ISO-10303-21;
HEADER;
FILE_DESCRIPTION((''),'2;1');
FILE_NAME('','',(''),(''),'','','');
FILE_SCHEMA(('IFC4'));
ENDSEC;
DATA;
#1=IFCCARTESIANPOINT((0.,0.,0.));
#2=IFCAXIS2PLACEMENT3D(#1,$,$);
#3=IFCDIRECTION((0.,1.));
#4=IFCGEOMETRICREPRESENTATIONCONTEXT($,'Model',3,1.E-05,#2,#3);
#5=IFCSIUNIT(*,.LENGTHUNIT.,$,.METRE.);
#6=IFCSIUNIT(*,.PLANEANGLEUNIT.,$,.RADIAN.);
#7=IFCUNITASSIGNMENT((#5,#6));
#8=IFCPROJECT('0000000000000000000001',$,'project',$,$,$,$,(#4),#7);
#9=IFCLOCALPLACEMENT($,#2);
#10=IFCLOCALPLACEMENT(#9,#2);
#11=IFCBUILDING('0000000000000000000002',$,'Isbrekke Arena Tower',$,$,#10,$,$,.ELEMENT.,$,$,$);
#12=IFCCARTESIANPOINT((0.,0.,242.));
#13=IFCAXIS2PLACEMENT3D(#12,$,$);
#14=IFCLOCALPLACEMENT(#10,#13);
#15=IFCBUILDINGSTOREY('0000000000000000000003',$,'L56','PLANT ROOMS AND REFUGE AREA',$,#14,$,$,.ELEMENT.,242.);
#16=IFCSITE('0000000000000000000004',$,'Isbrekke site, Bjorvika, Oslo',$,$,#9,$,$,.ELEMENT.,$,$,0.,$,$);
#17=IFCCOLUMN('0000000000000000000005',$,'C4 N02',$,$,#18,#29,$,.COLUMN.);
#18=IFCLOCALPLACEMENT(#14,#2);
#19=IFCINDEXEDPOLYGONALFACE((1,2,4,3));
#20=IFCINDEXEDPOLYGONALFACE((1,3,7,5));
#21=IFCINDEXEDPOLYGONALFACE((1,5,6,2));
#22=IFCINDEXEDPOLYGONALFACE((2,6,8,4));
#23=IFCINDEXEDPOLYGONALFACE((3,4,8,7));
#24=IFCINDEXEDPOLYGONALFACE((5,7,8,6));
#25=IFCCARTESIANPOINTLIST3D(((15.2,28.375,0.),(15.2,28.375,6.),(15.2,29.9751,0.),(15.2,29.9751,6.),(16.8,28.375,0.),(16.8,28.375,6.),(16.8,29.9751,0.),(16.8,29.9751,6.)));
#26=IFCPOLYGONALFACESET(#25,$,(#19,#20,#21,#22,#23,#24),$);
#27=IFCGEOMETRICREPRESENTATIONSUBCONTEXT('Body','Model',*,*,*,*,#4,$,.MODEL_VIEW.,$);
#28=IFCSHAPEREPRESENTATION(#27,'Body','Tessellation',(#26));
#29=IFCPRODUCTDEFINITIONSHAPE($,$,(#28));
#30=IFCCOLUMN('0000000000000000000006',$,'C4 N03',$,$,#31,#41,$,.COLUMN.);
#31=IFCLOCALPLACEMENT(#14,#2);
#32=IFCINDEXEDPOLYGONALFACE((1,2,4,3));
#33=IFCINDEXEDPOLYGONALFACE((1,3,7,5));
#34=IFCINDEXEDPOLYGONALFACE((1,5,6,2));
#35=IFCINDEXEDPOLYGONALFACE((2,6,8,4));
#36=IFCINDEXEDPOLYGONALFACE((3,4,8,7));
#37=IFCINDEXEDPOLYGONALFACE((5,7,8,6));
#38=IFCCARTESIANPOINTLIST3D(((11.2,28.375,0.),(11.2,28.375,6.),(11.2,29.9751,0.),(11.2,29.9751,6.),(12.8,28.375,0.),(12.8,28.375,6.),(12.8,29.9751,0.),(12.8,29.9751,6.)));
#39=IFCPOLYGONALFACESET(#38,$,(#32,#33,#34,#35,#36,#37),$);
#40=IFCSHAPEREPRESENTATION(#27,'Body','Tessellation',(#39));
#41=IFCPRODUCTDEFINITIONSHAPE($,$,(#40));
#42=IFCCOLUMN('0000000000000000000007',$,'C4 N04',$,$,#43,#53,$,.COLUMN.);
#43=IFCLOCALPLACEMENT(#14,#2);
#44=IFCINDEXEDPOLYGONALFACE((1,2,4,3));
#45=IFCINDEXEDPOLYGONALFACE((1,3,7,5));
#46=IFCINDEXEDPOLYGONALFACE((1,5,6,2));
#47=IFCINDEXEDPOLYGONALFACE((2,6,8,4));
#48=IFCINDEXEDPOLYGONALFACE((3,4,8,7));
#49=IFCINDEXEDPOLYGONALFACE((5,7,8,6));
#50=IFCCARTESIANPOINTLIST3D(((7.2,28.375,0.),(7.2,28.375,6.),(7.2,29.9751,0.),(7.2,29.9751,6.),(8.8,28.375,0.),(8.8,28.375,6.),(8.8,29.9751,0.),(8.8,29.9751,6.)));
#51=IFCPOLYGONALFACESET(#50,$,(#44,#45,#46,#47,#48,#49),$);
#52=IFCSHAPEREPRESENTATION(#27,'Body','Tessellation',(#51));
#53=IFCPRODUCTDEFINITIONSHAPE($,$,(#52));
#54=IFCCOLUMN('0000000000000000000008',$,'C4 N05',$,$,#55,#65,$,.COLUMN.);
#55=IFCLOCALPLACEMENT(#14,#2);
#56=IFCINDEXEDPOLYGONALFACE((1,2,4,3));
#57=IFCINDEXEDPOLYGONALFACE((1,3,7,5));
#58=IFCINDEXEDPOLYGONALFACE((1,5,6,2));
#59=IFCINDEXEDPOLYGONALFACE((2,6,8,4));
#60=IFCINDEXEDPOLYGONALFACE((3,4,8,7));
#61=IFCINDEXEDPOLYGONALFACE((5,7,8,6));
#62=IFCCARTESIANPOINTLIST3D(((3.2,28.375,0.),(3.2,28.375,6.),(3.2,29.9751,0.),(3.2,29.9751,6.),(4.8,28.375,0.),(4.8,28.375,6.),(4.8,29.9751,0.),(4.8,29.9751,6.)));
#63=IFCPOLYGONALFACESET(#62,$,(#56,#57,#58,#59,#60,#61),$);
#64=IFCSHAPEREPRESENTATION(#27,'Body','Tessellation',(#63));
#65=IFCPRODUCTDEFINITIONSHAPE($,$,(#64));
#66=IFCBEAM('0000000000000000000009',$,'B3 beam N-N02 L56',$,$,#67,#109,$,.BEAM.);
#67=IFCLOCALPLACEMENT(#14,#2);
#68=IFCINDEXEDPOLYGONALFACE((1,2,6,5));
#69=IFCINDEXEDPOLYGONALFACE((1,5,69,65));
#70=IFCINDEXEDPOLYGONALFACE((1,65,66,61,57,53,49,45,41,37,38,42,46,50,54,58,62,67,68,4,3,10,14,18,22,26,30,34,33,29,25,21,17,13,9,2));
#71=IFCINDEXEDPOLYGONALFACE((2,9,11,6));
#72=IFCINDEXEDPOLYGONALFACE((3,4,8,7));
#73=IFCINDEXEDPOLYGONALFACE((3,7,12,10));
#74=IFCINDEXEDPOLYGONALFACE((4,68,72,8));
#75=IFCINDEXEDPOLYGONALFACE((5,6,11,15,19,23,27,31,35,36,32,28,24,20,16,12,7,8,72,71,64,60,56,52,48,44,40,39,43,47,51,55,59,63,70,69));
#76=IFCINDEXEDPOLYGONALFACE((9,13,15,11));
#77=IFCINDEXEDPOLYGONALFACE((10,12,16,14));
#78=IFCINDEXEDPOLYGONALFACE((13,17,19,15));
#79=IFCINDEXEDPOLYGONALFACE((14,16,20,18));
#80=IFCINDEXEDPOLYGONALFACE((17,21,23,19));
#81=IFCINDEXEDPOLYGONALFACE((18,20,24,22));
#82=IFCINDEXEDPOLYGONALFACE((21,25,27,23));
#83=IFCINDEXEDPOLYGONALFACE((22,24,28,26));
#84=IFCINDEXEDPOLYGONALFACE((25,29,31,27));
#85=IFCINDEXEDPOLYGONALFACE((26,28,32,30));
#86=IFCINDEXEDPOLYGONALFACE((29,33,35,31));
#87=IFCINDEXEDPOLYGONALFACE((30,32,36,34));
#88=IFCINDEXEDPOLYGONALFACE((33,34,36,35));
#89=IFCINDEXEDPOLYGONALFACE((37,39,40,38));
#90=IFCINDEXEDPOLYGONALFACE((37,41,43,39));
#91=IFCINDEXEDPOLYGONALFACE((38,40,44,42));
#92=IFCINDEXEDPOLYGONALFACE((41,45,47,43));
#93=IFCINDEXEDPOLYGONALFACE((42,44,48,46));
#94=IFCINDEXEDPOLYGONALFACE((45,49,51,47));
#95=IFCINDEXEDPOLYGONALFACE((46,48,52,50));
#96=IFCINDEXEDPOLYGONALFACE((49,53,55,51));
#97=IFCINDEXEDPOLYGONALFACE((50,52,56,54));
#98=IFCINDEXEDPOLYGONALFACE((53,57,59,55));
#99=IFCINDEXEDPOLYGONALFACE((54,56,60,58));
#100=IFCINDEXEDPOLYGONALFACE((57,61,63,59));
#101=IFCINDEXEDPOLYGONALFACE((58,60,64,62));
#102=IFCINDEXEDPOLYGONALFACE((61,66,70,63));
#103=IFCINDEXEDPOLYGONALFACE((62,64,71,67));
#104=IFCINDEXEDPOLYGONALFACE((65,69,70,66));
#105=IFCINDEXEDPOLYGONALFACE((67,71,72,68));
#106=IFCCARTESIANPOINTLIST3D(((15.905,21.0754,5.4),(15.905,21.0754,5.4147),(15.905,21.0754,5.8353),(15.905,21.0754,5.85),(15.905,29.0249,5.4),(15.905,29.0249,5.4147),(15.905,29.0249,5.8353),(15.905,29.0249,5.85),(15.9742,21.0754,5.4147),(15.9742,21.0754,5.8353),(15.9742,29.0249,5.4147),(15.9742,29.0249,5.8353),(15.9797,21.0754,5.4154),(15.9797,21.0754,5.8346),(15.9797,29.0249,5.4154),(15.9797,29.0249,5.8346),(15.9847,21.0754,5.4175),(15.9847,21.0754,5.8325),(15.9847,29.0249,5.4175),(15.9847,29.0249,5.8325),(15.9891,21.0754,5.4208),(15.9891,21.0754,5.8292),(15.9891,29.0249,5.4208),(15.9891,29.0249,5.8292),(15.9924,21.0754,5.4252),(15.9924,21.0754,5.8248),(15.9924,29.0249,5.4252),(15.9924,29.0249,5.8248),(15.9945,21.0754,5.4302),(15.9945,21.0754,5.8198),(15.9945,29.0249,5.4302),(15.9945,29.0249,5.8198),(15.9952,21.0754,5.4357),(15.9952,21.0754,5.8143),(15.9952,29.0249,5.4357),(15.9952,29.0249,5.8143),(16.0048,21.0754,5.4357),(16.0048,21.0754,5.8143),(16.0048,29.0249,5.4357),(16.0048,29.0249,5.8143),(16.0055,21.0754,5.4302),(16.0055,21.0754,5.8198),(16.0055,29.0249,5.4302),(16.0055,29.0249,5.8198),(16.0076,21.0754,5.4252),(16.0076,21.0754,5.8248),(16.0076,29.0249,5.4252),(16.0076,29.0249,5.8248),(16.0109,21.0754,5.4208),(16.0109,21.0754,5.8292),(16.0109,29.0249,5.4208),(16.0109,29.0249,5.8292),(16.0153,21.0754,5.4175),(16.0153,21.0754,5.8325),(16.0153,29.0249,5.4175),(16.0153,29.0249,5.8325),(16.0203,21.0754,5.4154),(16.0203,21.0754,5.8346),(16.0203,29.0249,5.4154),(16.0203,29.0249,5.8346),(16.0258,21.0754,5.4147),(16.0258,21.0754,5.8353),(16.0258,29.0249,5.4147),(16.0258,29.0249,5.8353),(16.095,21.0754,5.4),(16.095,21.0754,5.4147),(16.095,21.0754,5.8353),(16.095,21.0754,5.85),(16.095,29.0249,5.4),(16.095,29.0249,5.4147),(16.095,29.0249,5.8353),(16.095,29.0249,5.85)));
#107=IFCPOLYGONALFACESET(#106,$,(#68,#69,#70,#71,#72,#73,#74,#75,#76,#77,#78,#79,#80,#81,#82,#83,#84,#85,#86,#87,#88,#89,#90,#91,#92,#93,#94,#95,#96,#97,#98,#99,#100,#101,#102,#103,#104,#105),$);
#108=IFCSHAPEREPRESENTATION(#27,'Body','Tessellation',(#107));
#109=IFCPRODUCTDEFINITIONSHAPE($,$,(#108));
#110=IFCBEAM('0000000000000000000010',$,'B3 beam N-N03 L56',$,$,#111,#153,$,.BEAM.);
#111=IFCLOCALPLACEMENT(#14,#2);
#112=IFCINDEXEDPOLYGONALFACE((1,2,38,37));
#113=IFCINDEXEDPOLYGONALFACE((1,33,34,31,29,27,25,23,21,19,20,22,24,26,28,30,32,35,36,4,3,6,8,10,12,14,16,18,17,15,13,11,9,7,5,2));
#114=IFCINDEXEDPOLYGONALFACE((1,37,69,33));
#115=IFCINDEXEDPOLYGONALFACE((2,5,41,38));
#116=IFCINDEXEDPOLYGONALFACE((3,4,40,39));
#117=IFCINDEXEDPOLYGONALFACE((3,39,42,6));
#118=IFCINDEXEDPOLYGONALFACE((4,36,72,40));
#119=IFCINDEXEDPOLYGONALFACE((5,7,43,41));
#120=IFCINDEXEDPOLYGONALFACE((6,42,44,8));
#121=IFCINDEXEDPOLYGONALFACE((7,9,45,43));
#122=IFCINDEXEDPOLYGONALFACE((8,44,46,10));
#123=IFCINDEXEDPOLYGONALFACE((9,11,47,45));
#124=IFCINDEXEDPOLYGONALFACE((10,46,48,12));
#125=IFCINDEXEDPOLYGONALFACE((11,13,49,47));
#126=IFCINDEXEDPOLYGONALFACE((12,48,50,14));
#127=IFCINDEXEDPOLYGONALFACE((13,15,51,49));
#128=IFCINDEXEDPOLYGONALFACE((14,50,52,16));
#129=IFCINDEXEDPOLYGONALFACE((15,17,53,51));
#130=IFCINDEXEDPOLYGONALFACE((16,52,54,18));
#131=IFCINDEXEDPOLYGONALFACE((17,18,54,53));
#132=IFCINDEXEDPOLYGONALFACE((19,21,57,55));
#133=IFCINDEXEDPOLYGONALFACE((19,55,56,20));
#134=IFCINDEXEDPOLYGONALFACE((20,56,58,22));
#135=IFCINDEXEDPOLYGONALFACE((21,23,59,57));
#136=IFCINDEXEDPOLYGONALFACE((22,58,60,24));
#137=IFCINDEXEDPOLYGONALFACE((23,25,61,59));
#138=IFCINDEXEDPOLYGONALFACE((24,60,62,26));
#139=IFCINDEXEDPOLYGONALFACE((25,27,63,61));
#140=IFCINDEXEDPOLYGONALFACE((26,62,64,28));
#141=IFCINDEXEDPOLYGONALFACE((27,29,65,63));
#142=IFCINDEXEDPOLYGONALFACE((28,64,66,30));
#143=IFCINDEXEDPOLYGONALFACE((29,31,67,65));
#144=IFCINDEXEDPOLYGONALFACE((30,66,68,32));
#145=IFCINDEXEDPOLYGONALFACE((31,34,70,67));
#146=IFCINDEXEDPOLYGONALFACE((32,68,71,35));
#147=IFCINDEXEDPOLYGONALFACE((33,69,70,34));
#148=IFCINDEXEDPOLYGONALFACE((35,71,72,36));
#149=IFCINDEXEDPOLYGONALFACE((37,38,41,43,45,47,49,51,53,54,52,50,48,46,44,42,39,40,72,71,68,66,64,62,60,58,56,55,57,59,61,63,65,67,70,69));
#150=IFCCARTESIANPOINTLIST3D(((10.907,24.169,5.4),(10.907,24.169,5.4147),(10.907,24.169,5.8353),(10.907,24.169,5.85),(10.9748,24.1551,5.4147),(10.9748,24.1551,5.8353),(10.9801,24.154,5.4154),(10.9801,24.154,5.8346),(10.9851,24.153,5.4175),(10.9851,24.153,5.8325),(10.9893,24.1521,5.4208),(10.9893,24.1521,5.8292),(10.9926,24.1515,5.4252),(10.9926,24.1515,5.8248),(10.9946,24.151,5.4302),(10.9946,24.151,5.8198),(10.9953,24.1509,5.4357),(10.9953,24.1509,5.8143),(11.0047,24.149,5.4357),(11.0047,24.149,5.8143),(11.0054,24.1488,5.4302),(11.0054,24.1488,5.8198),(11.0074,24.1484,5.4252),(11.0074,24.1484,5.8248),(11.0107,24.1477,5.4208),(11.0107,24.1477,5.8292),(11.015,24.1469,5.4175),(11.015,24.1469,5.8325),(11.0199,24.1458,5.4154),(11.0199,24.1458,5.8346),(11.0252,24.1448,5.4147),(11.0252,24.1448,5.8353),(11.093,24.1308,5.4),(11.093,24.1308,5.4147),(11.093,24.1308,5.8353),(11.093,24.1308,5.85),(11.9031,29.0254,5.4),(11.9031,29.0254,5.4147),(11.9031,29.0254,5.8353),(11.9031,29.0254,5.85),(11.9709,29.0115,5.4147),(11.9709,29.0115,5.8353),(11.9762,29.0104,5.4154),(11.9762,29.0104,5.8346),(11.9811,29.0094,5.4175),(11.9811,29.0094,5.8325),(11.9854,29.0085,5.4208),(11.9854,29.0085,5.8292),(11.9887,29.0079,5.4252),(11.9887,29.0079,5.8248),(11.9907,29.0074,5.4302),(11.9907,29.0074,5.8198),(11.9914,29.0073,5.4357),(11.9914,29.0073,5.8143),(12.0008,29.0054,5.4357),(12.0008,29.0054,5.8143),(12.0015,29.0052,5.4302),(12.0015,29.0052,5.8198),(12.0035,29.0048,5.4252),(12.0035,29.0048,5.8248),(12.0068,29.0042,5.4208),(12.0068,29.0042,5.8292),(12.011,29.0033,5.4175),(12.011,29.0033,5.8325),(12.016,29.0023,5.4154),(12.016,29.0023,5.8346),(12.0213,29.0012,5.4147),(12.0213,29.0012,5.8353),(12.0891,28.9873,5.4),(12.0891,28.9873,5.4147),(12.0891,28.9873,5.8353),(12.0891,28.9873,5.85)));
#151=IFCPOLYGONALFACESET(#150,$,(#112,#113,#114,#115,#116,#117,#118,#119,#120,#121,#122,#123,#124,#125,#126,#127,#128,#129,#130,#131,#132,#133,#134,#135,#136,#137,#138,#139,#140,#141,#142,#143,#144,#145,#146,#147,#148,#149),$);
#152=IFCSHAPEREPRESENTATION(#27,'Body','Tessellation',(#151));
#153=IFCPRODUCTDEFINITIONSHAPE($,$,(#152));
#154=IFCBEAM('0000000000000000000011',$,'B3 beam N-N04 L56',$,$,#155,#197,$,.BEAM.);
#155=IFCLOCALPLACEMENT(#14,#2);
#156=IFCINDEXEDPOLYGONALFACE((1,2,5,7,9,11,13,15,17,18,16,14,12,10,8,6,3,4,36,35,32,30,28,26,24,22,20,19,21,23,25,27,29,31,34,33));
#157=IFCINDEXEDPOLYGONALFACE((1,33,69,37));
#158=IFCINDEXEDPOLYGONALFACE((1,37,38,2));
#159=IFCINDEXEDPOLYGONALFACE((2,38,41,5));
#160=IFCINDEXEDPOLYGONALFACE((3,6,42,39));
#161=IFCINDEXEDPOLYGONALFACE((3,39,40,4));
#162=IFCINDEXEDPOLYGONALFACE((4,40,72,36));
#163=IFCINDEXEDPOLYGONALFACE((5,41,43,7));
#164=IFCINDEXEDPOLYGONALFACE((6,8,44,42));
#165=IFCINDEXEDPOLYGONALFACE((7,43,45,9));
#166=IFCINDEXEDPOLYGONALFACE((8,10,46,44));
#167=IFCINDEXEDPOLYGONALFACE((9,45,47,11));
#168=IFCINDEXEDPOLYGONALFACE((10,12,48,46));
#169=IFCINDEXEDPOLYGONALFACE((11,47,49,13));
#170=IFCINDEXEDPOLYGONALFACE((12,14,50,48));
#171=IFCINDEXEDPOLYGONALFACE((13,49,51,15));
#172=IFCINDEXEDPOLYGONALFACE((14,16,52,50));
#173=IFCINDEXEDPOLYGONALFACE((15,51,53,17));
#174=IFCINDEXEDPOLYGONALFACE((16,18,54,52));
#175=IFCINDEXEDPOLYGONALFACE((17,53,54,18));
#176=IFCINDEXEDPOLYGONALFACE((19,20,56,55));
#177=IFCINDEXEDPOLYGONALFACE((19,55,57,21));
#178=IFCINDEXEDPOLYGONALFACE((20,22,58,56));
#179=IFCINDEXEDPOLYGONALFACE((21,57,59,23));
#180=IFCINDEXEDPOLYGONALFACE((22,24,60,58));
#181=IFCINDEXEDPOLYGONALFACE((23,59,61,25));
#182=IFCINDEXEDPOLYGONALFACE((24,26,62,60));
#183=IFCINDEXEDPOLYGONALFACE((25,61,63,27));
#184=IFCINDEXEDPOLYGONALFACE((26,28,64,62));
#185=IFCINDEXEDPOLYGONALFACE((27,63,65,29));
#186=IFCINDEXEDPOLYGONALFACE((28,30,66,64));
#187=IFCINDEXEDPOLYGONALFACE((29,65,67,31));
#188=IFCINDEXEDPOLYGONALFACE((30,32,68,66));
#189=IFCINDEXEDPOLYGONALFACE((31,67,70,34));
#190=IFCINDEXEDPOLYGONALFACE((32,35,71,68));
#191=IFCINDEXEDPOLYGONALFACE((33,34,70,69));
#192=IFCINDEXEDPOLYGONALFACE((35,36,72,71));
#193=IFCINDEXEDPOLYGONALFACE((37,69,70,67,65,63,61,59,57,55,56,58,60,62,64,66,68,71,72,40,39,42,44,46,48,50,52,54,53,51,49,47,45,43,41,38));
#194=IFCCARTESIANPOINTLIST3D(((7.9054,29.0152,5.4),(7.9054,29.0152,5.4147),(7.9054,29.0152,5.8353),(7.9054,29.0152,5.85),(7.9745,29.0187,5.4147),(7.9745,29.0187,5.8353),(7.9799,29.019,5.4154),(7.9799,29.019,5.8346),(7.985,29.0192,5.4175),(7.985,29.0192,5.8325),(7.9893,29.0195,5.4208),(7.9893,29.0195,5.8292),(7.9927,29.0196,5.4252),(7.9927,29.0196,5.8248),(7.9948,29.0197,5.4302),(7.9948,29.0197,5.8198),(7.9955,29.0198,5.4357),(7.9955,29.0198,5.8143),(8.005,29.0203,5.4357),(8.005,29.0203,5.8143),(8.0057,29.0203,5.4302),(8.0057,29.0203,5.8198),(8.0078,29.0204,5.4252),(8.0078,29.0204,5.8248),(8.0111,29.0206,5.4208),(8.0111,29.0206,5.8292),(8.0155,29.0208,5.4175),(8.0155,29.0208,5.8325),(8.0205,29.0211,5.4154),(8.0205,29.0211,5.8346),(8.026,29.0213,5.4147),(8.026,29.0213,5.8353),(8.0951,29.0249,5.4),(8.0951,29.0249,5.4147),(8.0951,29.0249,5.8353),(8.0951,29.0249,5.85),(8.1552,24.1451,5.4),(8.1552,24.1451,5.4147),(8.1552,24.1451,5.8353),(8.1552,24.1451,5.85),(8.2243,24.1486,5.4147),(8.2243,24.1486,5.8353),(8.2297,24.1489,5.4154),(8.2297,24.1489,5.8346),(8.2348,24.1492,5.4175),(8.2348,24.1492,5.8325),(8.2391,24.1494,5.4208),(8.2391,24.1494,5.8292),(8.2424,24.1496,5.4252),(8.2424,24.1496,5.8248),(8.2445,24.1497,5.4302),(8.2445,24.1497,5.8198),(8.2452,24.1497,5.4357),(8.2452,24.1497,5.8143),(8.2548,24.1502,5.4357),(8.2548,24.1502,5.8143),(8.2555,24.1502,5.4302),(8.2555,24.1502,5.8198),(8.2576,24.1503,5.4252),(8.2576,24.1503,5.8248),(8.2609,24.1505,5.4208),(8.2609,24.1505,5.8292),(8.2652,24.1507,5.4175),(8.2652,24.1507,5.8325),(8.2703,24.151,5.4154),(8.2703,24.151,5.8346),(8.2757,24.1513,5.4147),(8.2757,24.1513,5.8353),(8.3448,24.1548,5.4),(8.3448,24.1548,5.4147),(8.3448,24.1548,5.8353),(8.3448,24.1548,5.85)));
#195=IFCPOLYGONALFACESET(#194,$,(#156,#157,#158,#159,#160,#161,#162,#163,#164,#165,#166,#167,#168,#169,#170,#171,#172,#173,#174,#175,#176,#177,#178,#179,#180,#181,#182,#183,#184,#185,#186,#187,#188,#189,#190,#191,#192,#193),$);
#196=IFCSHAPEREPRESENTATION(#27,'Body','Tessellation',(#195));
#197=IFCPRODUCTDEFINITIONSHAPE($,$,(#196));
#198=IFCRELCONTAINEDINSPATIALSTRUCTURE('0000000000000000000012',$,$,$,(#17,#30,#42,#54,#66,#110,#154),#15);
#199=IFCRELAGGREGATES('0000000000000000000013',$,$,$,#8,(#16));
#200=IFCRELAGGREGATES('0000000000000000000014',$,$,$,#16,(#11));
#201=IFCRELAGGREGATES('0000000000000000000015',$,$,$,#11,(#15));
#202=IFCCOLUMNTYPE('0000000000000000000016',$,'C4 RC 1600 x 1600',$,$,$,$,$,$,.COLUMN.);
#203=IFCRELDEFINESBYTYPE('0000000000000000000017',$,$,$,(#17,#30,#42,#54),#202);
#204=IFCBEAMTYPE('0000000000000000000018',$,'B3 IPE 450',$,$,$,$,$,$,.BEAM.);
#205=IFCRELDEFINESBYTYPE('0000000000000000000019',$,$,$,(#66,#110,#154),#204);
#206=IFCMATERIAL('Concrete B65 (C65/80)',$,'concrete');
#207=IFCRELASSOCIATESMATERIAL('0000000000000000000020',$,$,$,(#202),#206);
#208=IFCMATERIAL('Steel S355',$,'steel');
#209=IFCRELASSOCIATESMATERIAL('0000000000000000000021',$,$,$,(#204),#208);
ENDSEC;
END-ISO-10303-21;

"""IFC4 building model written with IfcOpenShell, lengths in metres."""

from ifc_helpers import new_model, si_unit, direction, frame, origin, origin_2d, place, context, subcontext, project, spatial, rectangle, i_section, extrude, material, material_profile, profile_set, type_object, element, save


model = new_model("IFC4")

# Units and contexts
model_context = context("Model", 3, precision=1e-05, world=origin(), true_north=direction((0.0, 1.0)))
body_context = subcontext(model_context, "Body", "Model", "MODEL_VIEW")
ifc_project = project(units=[si_unit("LENGTHUNIT", "METRE"), si_unit("PLANEANGLEUNIT", "RADIAN")], contexts=[model_context])

# Site, building, storey
site_placement = place(None, origin())
site = spatial("IfcSite", under=ifc_project, at=site_placement, Name="Isbrekke site, Bjorvika, Oslo", CompositionType="ELEMENT", RefElevation=0.0)
building_placement = place(site_placement, origin())
building = spatial("IfcBuilding", under=site, at=building_placement, Name="Isbrekke Arena Tower", CompositionType="ELEMENT")
storey_placement = place(building_placement, frame((0.0, 0.0, 242.0)))
storey = spatial("IfcBuildingStorey", under=building, at=storey_placement, Name="L56", Description="PLANT ROOMS AND REFUGE AREA", CompositionType="ELEMENT", Elevation=242.0)

# Columns
ifc_material_1 = material(Name="Concrete B65 (C65/80)", Category="concrete")
ifc_material_profile_1 = material_profile(ifc_material_1, rectangle(XDim=1.6001, YDim=1.6001, at=origin_2d()), Name="RC 1600x1600")
ifc_profile_set_1 = profile_set([ifc_material_profile_1], Name="Concrete B65 (C65/80)")
column_type = type_object("IfcColumnType", Name="C4 RC 1600 x 1600", PredefinedType="COLUMN", material=ifc_profile_set_1)
for number, where, z_axis, x_axis, name in (
    (1, (16.0, 29.175, 0.0), (0.0, 0.0, 1.0), (-1.0, 0.0, 0.0), "C4 N02"),
    (2, (12.0, 29.175, 0.0), (0.0, 0.0, 1.0), (-1.0, 0.0, 0.0), "C4 N03"),
    (3, (8.0, 29.175, 0.0), (0.0, 0.0, 1.0), (-1.0, 0.0, 0.0), "C4 N04"),
    (4, (4.0, 29.175, 0.0), (0.0, 0.0, 1.0), (-1.0, 0.0, 0.0), "C4 N05"),
):
    element("IfcColumn", number, at=place(storey_placement, frame(where, z_axis=z_axis, x_axis=x_axis)), inside=storey, type_object=column_type, Name=name, PredefinedType="COLUMN", context=body_context, shape_type="SweptSolid", body=[
        extrude(rectangle(XDim=1.6001, YDim=1.6001, at=origin_2d()), origin(), (0.0, 0.0, 1.0), 6.0),
    ])

# Beams
ifc_material_2 = material(Name="Steel S355", Category="steel")
ifc_material_profile_2 = material_profile(ifc_material_2, i_section(OverallWidth=0.1899, OverallDepth=0.45, WebThickness=0.0095, FlangeThickness=0.0146, FilletRadius=0.021, at=origin_2d()), Name="IPE 450")
ifc_profile_set_2 = profile_set([ifc_material_profile_2], Name="Steel S355")
beam_type_1 = type_object("IfcBeamType", Name="B3 IPE 450", PredefinedType="BEAM", material=ifc_profile_set_2)
beam_1_placement = place(storey_placement, frame((16.0, 29.0249, 5.625), z_axis=(0.0, -1.0, 0.0), x_axis=(1.0, 0.0, 0.0)))
element("IfcBeam", 5, at=beam_1_placement, inside=storey, type_object=beam_type_1, Name="B3 beam N-N02 L56", PredefinedType="BEAM", context=body_context, shape_type="SweptSolid", body=[
    extrude(i_section(OverallWidth=0.1899, OverallDepth=0.45, WebThickness=0.0095, FlangeThickness=0.0146, FilletRadius=0.021, at=origin_2d()), origin(), (0.0, 0.0, 1.0), 7.9495),
])
beam_2_placement = place(storey_placement, frame((11.9961, 29.0063, 5.625), z_axis=(-0.200925, -0.979607, 0.0), x_axis=(0.979607, -0.200925, 0.0)))
element("IfcBeam", 6, at=beam_2_placement, inside=storey, type_object=beam_type_1, Name="B3 beam N-N03 L56", PredefinedType="BEAM", context=body_context, shape_type="SweptSolid", body=[
    extrude(i_section(OverallWidth=0.1899, OverallDepth=0.45, WebThickness=0.0095, FlangeThickness=0.0146, FilletRadius=0.021, at=origin_2d()), origin(), (0.0, 0.0, 1.0), 4.9575),
])
beam_3_placement = place(storey_placement, frame((8.0002, 29.02, 5.625), z_axis=(0.051216, -0.998688, 0.0), x_axis=(0.998688, 0.051216, 0.0)))
element("IfcBeam", 7, at=beam_3_placement, inside=storey, type_object=beam_type_1, Name="B3 beam N-N04 L56", PredefinedType="BEAM", context=body_context, shape_type="SweptSolid", body=[
    extrude(i_section(OverallWidth=0.1899, OverallDepth=0.45, WebThickness=0.0095, FlangeThickness=0.0146, FilletRadius=0.021, at=origin_2d()), origin(), (0.0, 0.0, 1.0), 4.8765),
])

save(model, "model.ifc")
